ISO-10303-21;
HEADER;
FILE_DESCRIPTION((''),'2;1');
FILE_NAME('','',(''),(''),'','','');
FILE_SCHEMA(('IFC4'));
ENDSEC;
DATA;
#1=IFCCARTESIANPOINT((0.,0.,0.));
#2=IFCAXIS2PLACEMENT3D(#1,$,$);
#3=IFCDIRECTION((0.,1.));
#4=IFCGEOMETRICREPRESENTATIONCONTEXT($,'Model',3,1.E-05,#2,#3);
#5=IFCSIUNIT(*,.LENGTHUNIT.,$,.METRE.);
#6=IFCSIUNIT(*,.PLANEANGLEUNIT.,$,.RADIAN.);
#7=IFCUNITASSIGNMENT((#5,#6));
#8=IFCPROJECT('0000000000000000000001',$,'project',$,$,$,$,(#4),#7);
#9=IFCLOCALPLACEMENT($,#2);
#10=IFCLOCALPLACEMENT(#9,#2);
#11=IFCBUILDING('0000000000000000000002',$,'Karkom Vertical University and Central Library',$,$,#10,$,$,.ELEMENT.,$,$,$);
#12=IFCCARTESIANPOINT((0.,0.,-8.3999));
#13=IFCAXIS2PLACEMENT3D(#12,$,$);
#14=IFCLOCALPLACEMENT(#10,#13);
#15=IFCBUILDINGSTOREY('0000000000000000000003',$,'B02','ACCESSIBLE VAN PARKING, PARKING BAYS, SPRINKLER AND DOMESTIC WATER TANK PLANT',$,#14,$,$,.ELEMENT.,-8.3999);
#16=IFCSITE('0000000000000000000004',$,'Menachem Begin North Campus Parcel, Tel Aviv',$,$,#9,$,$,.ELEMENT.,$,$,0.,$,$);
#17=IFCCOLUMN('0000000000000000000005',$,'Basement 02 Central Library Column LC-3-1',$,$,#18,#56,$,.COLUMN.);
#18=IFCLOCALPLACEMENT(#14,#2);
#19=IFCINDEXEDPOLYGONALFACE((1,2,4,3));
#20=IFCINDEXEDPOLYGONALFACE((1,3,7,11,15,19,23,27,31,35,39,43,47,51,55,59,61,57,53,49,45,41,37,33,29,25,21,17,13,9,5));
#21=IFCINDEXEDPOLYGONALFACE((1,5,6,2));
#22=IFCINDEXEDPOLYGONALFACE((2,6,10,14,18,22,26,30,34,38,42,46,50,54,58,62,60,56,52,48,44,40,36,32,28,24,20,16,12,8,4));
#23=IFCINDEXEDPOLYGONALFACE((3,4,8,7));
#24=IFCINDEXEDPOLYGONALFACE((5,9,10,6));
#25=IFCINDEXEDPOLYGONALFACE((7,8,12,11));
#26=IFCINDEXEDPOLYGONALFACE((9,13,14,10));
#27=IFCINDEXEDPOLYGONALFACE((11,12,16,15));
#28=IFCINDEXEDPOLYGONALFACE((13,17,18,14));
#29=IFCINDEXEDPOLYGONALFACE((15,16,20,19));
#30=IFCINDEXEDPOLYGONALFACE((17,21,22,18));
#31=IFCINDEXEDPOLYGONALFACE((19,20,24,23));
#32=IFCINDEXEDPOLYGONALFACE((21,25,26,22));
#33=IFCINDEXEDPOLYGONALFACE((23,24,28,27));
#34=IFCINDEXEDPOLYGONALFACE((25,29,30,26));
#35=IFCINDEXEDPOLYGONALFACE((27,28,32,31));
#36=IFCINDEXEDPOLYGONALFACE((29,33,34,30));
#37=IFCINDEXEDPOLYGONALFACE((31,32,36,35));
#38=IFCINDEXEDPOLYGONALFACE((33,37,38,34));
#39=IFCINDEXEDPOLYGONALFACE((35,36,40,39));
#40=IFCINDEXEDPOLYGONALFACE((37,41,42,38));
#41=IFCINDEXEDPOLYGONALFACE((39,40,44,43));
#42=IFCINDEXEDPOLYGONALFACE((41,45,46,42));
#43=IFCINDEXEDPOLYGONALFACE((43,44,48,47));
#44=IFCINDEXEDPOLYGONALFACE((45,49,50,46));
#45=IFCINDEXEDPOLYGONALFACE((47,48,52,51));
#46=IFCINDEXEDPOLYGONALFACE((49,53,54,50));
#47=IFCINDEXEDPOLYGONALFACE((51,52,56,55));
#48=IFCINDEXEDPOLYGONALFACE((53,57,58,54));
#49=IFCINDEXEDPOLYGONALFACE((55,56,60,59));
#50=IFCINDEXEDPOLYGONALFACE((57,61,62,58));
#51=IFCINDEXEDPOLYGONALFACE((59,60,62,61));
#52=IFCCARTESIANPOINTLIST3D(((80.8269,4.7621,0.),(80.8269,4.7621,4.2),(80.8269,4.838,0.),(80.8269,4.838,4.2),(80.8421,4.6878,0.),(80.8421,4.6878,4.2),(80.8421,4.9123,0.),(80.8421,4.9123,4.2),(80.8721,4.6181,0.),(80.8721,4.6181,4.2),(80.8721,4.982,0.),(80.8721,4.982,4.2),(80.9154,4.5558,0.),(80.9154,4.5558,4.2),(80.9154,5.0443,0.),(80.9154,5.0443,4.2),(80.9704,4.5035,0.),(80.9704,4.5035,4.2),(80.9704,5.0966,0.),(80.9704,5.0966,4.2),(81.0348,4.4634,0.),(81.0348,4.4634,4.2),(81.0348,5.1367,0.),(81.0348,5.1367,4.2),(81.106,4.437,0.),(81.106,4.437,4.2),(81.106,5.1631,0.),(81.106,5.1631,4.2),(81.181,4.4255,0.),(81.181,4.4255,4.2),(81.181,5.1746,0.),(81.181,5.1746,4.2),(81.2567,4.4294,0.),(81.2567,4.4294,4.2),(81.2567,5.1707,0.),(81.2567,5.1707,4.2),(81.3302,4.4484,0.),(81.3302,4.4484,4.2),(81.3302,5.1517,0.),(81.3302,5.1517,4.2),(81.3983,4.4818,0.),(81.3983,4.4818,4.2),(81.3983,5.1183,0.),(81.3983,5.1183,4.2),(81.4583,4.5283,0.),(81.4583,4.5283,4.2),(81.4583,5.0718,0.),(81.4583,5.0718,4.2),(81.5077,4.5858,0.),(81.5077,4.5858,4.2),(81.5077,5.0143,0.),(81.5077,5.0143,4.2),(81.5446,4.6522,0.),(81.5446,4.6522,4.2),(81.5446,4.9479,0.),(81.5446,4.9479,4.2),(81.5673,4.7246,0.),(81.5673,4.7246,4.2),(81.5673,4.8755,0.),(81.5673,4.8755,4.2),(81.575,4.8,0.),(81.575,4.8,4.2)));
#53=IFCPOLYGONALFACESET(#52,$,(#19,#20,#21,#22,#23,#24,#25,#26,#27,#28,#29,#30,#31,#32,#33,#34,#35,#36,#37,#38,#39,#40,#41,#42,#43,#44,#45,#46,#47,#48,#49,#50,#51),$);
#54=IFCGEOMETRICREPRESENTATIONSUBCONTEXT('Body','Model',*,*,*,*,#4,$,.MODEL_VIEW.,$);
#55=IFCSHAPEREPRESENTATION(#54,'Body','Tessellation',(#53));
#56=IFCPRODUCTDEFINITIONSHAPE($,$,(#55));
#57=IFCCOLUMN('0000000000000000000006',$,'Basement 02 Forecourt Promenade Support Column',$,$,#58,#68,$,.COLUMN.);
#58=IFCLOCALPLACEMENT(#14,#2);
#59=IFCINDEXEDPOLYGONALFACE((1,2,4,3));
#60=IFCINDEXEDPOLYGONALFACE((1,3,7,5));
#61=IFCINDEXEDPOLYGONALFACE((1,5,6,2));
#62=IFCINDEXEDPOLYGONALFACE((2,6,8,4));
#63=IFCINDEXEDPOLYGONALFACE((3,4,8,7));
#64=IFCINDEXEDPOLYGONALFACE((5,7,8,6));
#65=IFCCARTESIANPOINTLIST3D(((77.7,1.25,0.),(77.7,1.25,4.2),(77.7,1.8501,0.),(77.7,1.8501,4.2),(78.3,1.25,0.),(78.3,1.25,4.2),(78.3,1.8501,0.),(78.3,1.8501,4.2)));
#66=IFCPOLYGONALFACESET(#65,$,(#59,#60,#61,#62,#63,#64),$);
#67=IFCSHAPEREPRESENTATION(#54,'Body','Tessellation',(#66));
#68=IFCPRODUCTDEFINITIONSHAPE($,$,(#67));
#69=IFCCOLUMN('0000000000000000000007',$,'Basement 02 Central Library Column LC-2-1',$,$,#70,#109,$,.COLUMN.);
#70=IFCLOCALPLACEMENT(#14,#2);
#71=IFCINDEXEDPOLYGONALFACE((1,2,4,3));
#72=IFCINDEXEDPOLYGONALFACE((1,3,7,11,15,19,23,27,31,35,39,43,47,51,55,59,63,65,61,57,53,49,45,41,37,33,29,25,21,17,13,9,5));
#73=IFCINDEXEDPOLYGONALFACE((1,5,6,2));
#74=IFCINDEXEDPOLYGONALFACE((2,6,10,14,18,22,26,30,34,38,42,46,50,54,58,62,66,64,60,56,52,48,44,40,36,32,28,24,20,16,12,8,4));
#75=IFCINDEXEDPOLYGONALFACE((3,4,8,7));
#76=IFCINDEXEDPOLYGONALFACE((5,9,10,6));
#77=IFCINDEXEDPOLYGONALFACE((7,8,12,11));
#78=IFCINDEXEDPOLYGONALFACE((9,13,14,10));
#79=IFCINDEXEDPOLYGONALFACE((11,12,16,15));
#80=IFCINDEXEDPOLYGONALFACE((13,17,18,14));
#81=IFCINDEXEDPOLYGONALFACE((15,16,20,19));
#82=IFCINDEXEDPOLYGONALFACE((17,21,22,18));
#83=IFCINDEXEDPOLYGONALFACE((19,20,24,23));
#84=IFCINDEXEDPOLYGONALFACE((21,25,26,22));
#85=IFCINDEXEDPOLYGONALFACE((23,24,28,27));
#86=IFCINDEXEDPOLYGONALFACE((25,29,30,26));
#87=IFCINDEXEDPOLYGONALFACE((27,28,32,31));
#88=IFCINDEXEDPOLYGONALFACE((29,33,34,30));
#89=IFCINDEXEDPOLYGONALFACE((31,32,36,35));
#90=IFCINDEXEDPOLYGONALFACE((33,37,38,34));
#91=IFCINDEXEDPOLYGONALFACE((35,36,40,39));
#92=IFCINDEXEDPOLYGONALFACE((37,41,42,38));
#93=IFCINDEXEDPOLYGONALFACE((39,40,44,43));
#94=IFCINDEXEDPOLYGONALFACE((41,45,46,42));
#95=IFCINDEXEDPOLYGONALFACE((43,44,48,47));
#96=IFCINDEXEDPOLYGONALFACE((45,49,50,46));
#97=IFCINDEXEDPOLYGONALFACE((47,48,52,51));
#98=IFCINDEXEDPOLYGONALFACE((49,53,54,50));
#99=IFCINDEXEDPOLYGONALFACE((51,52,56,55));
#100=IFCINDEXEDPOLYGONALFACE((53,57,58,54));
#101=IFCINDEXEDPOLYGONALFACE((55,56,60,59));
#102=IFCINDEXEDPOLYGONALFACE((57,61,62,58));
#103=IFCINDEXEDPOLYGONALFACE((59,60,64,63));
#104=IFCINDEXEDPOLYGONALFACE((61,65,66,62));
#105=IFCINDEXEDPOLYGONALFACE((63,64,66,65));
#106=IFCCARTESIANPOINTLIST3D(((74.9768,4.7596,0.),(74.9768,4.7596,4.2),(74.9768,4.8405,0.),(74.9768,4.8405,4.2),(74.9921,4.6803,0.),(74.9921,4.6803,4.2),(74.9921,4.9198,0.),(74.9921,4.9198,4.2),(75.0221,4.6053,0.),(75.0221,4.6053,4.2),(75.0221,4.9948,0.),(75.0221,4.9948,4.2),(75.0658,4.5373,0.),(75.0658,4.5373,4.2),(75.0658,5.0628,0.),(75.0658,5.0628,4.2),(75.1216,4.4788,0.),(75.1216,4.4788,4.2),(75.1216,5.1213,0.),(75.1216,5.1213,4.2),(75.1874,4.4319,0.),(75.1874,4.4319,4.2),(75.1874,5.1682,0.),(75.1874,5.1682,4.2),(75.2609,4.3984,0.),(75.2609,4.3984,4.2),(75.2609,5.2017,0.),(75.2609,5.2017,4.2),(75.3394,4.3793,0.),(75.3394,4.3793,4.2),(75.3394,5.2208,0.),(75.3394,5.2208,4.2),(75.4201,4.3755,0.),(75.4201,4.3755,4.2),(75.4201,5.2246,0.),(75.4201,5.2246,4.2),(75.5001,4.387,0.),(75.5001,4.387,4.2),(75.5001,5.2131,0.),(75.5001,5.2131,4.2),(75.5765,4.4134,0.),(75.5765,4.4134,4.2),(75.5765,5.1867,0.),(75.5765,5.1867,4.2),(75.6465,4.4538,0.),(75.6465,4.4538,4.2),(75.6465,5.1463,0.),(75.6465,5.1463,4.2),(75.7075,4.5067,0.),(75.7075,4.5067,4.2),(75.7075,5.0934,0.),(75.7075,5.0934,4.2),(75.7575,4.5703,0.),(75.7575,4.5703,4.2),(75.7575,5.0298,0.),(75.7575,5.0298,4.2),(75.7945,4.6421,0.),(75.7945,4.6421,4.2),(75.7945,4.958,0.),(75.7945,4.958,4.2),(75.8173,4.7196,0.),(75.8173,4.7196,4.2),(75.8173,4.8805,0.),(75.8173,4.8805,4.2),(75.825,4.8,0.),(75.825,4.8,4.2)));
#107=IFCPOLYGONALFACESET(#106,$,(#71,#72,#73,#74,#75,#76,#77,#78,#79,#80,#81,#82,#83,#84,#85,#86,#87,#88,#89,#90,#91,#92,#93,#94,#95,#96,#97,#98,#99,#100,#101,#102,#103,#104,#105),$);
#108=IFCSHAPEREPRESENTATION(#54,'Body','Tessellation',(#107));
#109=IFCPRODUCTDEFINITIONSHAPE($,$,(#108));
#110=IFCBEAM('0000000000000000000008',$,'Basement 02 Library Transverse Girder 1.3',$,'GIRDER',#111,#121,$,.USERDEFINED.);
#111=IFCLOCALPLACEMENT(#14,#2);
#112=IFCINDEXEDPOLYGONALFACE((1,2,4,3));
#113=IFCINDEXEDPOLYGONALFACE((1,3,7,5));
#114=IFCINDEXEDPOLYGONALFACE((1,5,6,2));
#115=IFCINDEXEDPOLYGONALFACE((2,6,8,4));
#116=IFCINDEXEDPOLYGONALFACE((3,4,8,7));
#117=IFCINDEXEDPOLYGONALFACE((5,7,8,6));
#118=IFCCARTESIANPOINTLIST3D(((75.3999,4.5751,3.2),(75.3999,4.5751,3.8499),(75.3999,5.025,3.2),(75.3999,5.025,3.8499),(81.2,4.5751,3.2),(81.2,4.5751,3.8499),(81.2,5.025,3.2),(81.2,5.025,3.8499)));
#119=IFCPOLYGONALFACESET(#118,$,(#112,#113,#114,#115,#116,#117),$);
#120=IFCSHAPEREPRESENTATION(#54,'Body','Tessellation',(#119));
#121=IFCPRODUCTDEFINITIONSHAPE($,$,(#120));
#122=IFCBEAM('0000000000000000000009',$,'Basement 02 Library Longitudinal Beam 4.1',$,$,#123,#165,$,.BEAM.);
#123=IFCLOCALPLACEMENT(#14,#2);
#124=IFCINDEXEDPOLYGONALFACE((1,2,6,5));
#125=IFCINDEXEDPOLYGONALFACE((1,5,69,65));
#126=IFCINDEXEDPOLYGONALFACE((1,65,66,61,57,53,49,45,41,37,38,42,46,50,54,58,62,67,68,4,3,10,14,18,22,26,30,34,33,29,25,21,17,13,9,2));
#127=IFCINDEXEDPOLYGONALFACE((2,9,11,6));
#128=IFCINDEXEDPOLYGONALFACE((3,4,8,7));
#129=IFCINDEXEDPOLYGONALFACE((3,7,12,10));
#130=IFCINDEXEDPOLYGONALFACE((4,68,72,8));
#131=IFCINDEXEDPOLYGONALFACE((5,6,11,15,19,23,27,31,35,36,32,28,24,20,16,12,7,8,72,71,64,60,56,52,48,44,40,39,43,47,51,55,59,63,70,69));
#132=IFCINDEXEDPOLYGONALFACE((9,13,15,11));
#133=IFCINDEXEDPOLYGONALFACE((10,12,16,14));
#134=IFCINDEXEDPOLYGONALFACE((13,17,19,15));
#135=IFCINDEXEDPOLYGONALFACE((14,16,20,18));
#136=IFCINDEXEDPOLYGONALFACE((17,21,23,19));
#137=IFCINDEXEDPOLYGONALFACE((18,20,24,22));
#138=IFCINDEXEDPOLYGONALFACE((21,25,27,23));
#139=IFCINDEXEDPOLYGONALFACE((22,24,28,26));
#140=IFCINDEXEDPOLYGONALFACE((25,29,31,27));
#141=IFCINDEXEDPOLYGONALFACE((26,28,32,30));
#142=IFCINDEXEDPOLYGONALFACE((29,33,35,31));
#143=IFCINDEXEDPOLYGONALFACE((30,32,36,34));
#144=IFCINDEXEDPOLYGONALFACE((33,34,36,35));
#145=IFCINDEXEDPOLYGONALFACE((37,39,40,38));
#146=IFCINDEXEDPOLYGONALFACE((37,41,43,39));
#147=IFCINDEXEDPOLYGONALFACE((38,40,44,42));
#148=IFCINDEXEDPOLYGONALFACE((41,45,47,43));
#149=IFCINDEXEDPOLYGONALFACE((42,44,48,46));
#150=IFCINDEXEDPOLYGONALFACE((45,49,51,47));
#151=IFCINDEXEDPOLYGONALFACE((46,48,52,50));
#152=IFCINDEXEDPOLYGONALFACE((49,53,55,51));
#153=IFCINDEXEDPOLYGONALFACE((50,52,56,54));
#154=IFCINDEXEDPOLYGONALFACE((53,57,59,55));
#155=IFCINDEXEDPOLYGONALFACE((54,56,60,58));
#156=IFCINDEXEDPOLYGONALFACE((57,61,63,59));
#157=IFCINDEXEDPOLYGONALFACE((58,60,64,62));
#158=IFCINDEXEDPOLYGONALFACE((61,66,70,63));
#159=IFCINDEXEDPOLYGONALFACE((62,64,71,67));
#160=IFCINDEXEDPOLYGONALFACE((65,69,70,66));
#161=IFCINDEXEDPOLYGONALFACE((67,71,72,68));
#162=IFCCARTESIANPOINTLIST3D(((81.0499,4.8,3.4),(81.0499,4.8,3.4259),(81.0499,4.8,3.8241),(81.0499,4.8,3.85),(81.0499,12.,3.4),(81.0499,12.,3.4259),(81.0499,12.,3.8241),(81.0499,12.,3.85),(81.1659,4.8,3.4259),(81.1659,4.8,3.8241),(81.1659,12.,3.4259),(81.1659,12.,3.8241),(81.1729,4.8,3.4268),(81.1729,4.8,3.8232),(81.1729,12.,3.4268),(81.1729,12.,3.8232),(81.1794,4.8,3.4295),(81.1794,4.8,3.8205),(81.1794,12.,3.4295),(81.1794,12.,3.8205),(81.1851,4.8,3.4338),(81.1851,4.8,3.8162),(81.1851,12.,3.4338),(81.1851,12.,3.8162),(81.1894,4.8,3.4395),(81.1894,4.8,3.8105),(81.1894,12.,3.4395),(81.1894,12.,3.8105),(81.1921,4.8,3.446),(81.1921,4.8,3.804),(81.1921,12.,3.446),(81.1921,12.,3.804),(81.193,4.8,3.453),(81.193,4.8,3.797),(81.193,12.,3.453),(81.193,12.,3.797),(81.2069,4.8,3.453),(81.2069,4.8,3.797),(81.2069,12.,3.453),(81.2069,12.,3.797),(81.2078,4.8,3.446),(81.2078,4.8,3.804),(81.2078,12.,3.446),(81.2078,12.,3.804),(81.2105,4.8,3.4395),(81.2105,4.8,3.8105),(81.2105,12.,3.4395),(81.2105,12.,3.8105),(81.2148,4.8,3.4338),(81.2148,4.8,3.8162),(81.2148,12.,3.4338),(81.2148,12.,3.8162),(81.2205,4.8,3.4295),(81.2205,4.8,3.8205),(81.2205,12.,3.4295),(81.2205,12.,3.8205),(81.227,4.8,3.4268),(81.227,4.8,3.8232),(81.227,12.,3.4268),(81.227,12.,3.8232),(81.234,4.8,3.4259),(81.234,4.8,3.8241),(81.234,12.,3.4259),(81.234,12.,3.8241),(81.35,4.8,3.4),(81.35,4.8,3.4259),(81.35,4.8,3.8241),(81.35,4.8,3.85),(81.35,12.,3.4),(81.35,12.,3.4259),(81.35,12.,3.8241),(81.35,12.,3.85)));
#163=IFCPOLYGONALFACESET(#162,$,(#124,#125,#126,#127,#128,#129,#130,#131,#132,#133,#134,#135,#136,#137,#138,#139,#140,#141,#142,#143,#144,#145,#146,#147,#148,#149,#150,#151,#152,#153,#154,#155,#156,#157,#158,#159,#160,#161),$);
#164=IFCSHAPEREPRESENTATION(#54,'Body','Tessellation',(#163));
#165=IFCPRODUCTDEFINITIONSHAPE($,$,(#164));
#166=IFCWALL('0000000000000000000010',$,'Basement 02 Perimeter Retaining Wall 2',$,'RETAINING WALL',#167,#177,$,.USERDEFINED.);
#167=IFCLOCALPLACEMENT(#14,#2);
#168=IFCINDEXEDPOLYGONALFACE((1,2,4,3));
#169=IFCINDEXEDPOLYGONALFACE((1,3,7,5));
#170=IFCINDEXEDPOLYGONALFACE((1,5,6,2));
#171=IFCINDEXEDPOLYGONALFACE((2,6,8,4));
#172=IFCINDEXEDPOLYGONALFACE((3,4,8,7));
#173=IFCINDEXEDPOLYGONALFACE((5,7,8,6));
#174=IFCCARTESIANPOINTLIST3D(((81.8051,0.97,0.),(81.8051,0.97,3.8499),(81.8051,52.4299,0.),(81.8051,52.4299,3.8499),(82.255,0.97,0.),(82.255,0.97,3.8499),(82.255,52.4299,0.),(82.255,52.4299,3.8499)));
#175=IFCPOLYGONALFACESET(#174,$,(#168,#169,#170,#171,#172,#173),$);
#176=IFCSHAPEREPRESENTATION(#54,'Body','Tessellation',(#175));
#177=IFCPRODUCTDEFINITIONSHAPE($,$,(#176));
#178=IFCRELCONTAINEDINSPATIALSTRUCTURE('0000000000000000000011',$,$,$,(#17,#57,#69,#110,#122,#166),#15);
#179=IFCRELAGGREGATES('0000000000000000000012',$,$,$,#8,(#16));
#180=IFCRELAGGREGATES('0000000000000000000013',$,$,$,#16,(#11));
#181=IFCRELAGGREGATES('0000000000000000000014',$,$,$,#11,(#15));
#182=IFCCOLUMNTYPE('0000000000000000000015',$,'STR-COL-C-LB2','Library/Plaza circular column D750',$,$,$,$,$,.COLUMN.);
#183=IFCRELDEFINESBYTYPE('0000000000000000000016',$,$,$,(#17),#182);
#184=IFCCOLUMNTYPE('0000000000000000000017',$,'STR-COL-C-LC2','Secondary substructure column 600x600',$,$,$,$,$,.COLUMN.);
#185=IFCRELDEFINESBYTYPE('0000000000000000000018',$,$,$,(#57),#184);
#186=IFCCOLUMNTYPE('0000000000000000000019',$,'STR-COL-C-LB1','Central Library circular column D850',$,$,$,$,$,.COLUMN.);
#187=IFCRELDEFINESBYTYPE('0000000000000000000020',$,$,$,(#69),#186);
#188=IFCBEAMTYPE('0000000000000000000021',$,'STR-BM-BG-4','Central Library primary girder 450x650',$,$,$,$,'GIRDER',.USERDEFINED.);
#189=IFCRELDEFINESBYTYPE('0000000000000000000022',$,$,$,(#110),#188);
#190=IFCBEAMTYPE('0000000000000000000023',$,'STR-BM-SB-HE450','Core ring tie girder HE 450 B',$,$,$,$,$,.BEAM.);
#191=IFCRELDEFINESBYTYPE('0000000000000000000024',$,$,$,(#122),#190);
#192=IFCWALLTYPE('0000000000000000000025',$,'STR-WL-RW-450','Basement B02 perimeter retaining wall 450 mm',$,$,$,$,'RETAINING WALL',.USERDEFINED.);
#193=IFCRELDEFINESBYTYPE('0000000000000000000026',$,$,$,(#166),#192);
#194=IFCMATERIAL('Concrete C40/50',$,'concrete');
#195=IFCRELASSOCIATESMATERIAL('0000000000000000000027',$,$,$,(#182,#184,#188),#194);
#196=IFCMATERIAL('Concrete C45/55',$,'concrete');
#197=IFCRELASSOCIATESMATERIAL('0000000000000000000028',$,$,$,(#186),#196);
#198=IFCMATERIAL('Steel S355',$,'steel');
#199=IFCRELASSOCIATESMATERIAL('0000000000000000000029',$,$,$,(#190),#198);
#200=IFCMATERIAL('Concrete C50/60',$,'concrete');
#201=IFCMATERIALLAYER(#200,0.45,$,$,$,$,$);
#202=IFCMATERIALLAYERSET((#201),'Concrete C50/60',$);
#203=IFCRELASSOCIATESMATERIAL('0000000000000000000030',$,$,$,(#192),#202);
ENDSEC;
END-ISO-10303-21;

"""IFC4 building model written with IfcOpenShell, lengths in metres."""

from ifc_helpers import new_model, si_unit, direction, frame, frame_2d, origin, origin_with_axes, origin_2d, place, context, subcontext, project, spatial, rectangle, circle, i_section, extrude, source, transform, mapped, material, layer, layer_set, material_profile, profile_set, type_object, element, save


model = new_model("IFC4")

# Units and contexts
model_context = context("Model", 3, precision=1e-05, world=origin(), true_north=direction((0.0, 1.0)))
body_context = subcontext(model_context, "Body", "Model", "MODEL_VIEW")
ifc_project = project(units=[si_unit("LENGTHUNIT", "METRE"), si_unit("PLANEANGLEUNIT", "RADIAN")], contexts=[model_context])

# Site, building, storey
site_placement = place(None, origin())
site = spatial("IfcSite", under=ifc_project, at=site_placement, Name="Menachem Begin North Campus Parcel, Tel Aviv", CompositionType="ELEMENT", RefElevation=0.0)
building_placement = place(site_placement, origin())
building = spatial("IfcBuilding", under=site, at=building_placement, Name="Karkom Vertical University and Central Library", CompositionType="ELEMENT")
storey_placement = place(building_placement, frame((0.0, 0.0, -8.3999)))
storey = spatial("IfcBuildingStorey", under=building, at=storey_placement, Name="B02", Description="ACCESSIBLE VAN PARKING, PARKING BAYS, SPRINKLER AND DOMESTIC WATER TANK PLANT", CompositionType="ELEMENT", Elevation=-8.3999)

# Shared definitions
ifc_material_1 = material(Name="Concrete C40/50", Category="concrete")

# Shared definitions
ifc_material_2 = material(Name="Concrete C45/55", Category="concrete")

# Columns
ifc_material_profile_1 = material_profile(ifc_material_1, circle(Radius=0.375, at=origin_2d()), Name="RC-D750")
ifc_profile_set_1 = profile_set([ifc_material_profile_1], Name="Concrete C40/50")
column_type_1 = type_object("IfcColumnType", Name="STR-COL-C-LB2", Description="Library/Plaza circular column D750", PredefinedType="COLUMN", material=ifc_profile_set_1)
shared_shape_1 = source(origin_with_axes(), body_context, "Body", "SweptSolid", [
    extrude(circle(Radius=0.375, at=origin_2d()), origin(), (0.0, 0.0, 1.0), 4.2),
])
for number, where, z_axis, x_axis, name in (
    (1, (81.2, 4.8, 0.0), (0.0, 0.0, 1.0), (1.0, 0.0, 0.0), "Basement 02 Central Library Column LC-3-1"),
):
    element("IfcColumn", number, at=place(storey_placement, frame(where, z_axis=z_axis, x_axis=x_axis)), inside=storey, type_object=column_type_1, Name=name, PredefinedType="COLUMN", context=body_context, shape_type="MappedRepresentation", body=[
        mapped(shared_shape_1, transform((0.0, 0.0, 0.0), scale=1.0)),
    ])
ifc_material_profile_2 = material_profile(ifc_material_1, rectangle(XDim=0.6001, YDim=0.6001, at=origin_2d()), Name="RC-600x600")
ifc_profile_set_2 = profile_set([ifc_material_profile_2], Name="Concrete C40/50")
column_type_2 = type_object("IfcColumnType", Name="STR-COL-C-LC2", Description="Secondary substructure column 600x600", PredefinedType="COLUMN", material=ifc_profile_set_2)
shared_shape_2 = source(origin_with_axes(), body_context, "Body", "SweptSolid", [
    extrude(rectangle(XDim=0.6001, YDim=0.6001, at=origin_2d()), origin(), (0.0, 0.0, 1.0), 4.2),
])
column_1_placement = place(storey_placement, frame((78.0, 1.55, 0.0), z_axis=(0.0, 0.0, 1.0), x_axis=(1.0, 0.0, 0.0)))
element("IfcColumn", 2, at=column_1_placement, inside=storey, type_object=column_type_2, Name="Basement 02 Forecourt Promenade Support Column", PredefinedType="COLUMN", context=body_context, shape_type="MappedRepresentation", body=[
    mapped(shared_shape_2, transform((0.0, 0.0, 0.0), scale=1.0)),
])
ifc_material_profile_3 = material_profile(ifc_material_2, circle(Radius=0.425, at=origin_2d()), Name="RC-D850")
ifc_profile_set_3 = profile_set([ifc_material_profile_3], Name="Concrete C45/55")
column_type_3 = type_object("IfcColumnType", Name="STR-COL-C-LB1", Description="Central Library circular column D850", PredefinedType="COLUMN", material=ifc_profile_set_3)
shared_shape_3 = source(origin_with_axes(), body_context, "Body", "SweptSolid", [
    extrude(circle(Radius=0.425, at=origin_2d()), origin(), (0.0, 0.0, 1.0), 4.2),
])
column_2_placement = place(storey_placement, frame((75.3999, 4.8, 0.0), z_axis=(0.0, 0.0, 1.0), x_axis=(1.0, 0.0, 0.0)))
element("IfcColumn", 3, at=column_2_placement, inside=storey, type_object=column_type_3, Name="Basement 02 Central Library Column LC-2-1", PredefinedType="COLUMN", context=body_context, shape_type="MappedRepresentation", body=[
    mapped(shared_shape_3, transform((0.0, 0.0, 0.0), scale=1.0)),
])

# Beams
ifc_material_profile_4 = material_profile(ifc_material_1, rectangle(XDim=0.45, YDim=0.6499, at=origin_2d()), Name="RCB-450x650")
ifc_profile_set_4 = profile_set([ifc_material_profile_4], Name="Concrete C40/50")
beam_type_1 = type_object("IfcBeamType", Name="STR-BM-BG-4", Description="Central Library primary girder 450x650", ElementType="GIRDER", PredefinedType="USERDEFINED", material=ifc_profile_set_4)
shared_shape_4 = source(origin_with_axes(), body_context, "Body", "SweptSolid", [
    extrude(rectangle(XDim=0.45, YDim=0.6499, at=origin_2d()), origin(), (0.0, 0.0, 1.0), 5.8),
])
beam_1_placement = place(storey_placement, frame((75.3999, 4.8, 3.5249), z_axis=(1.0, 0.0, 0.0), x_axis=(0.0, 1.0, 0.0)))
element("IfcBeam", 4, at=beam_1_placement, inside=storey, type_object=beam_type_1, Name="Basement 02 Library Transverse Girder 1.3", ObjectType="GIRDER", PredefinedType="USERDEFINED", context=body_context, shape_type="MappedRepresentation", body=[
    mapped(shared_shape_4, transform((0.0, 0.0, 0.0), scale=1.0)),
])
ifc_material_3 = material(Name="Steel S355", Category="steel")
ifc_material_profile_5 = material_profile(ifc_material_3, i_section(OverallWidth=0.3, OverallDepth=0.45, WebThickness=0.0139, FlangeThickness=0.0259, FilletRadius=0.0271, at=origin_2d()), Name="HE 450 B")
ifc_profile_set_5 = profile_set([ifc_material_profile_5], Name="Steel S355")
beam_type_2 = type_object("IfcBeamType", Name="STR-BM-SB-HE450", Description="Core ring tie girder HE 450 B", PredefinedType="BEAM", material=ifc_profile_set_5)
shared_shape_5 = source(origin_with_axes(), body_context, "Body", "SweptSolid", [
    extrude(i_section(OverallWidth=0.3, OverallDepth=0.45, WebThickness=0.0139, FlangeThickness=0.0259, FilletRadius=0.0271, at=origin_2d()), origin(), (0.0, 0.0, 1.0), 7.2),
])
beam_2_placement = place(storey_placement, frame((81.2, 4.8, 3.625), z_axis=(0.0, 1.0, 0.0), x_axis=(-1.0, 0.0, 0.0)))
element("IfcBeam", 5, at=beam_2_placement, inside=storey, type_object=beam_type_2, Name="Basement 02 Library Longitudinal Beam 4.1", PredefinedType="BEAM", context=body_context, shape_type="MappedRepresentation", body=[
    mapped(shared_shape_5, transform((0.0, 0.0, 0.0), scale=1.0)),
])

# Wall
ifc_material_4 = material(Name="Concrete C50/60", Category="concrete")
ifc_layer_1 = layer(ifc_material_4, 0.45)
ifc_layer_set_1 = layer_set([ifc_layer_1], Name="Concrete C50/60")
wall_type_1 = type_object("IfcWallType", Name="STR-WL-RW-450", Description="Basement B02 perimeter retaining wall 450 mm", ElementType="RETAINING WALL", PredefinedType="USERDEFINED", material=ifc_layer_set_1)
wall_1_placement = place(storey_placement, frame((82.03, 0.97, 0.0), z_axis=(0.0, 0.0, 1.0), x_axis=(0.0, 1.0, 0.0)))
element("IfcWall", 6, at=wall_1_placement, inside=storey, type_object=wall_type_1, Name="Basement 02 Perimeter Retaining Wall 2", ObjectType="RETAINING WALL", PredefinedType="USERDEFINED", context=body_context, shape_type="SweptSolid", body=[
    extrude(rectangle(XDim=51.46, YDim=0.45, at=frame_2d((25.73, 0.0))), origin(), (0.0, 0.0, 1.0), 3.8499),
])

save(model, "model.ifc")
